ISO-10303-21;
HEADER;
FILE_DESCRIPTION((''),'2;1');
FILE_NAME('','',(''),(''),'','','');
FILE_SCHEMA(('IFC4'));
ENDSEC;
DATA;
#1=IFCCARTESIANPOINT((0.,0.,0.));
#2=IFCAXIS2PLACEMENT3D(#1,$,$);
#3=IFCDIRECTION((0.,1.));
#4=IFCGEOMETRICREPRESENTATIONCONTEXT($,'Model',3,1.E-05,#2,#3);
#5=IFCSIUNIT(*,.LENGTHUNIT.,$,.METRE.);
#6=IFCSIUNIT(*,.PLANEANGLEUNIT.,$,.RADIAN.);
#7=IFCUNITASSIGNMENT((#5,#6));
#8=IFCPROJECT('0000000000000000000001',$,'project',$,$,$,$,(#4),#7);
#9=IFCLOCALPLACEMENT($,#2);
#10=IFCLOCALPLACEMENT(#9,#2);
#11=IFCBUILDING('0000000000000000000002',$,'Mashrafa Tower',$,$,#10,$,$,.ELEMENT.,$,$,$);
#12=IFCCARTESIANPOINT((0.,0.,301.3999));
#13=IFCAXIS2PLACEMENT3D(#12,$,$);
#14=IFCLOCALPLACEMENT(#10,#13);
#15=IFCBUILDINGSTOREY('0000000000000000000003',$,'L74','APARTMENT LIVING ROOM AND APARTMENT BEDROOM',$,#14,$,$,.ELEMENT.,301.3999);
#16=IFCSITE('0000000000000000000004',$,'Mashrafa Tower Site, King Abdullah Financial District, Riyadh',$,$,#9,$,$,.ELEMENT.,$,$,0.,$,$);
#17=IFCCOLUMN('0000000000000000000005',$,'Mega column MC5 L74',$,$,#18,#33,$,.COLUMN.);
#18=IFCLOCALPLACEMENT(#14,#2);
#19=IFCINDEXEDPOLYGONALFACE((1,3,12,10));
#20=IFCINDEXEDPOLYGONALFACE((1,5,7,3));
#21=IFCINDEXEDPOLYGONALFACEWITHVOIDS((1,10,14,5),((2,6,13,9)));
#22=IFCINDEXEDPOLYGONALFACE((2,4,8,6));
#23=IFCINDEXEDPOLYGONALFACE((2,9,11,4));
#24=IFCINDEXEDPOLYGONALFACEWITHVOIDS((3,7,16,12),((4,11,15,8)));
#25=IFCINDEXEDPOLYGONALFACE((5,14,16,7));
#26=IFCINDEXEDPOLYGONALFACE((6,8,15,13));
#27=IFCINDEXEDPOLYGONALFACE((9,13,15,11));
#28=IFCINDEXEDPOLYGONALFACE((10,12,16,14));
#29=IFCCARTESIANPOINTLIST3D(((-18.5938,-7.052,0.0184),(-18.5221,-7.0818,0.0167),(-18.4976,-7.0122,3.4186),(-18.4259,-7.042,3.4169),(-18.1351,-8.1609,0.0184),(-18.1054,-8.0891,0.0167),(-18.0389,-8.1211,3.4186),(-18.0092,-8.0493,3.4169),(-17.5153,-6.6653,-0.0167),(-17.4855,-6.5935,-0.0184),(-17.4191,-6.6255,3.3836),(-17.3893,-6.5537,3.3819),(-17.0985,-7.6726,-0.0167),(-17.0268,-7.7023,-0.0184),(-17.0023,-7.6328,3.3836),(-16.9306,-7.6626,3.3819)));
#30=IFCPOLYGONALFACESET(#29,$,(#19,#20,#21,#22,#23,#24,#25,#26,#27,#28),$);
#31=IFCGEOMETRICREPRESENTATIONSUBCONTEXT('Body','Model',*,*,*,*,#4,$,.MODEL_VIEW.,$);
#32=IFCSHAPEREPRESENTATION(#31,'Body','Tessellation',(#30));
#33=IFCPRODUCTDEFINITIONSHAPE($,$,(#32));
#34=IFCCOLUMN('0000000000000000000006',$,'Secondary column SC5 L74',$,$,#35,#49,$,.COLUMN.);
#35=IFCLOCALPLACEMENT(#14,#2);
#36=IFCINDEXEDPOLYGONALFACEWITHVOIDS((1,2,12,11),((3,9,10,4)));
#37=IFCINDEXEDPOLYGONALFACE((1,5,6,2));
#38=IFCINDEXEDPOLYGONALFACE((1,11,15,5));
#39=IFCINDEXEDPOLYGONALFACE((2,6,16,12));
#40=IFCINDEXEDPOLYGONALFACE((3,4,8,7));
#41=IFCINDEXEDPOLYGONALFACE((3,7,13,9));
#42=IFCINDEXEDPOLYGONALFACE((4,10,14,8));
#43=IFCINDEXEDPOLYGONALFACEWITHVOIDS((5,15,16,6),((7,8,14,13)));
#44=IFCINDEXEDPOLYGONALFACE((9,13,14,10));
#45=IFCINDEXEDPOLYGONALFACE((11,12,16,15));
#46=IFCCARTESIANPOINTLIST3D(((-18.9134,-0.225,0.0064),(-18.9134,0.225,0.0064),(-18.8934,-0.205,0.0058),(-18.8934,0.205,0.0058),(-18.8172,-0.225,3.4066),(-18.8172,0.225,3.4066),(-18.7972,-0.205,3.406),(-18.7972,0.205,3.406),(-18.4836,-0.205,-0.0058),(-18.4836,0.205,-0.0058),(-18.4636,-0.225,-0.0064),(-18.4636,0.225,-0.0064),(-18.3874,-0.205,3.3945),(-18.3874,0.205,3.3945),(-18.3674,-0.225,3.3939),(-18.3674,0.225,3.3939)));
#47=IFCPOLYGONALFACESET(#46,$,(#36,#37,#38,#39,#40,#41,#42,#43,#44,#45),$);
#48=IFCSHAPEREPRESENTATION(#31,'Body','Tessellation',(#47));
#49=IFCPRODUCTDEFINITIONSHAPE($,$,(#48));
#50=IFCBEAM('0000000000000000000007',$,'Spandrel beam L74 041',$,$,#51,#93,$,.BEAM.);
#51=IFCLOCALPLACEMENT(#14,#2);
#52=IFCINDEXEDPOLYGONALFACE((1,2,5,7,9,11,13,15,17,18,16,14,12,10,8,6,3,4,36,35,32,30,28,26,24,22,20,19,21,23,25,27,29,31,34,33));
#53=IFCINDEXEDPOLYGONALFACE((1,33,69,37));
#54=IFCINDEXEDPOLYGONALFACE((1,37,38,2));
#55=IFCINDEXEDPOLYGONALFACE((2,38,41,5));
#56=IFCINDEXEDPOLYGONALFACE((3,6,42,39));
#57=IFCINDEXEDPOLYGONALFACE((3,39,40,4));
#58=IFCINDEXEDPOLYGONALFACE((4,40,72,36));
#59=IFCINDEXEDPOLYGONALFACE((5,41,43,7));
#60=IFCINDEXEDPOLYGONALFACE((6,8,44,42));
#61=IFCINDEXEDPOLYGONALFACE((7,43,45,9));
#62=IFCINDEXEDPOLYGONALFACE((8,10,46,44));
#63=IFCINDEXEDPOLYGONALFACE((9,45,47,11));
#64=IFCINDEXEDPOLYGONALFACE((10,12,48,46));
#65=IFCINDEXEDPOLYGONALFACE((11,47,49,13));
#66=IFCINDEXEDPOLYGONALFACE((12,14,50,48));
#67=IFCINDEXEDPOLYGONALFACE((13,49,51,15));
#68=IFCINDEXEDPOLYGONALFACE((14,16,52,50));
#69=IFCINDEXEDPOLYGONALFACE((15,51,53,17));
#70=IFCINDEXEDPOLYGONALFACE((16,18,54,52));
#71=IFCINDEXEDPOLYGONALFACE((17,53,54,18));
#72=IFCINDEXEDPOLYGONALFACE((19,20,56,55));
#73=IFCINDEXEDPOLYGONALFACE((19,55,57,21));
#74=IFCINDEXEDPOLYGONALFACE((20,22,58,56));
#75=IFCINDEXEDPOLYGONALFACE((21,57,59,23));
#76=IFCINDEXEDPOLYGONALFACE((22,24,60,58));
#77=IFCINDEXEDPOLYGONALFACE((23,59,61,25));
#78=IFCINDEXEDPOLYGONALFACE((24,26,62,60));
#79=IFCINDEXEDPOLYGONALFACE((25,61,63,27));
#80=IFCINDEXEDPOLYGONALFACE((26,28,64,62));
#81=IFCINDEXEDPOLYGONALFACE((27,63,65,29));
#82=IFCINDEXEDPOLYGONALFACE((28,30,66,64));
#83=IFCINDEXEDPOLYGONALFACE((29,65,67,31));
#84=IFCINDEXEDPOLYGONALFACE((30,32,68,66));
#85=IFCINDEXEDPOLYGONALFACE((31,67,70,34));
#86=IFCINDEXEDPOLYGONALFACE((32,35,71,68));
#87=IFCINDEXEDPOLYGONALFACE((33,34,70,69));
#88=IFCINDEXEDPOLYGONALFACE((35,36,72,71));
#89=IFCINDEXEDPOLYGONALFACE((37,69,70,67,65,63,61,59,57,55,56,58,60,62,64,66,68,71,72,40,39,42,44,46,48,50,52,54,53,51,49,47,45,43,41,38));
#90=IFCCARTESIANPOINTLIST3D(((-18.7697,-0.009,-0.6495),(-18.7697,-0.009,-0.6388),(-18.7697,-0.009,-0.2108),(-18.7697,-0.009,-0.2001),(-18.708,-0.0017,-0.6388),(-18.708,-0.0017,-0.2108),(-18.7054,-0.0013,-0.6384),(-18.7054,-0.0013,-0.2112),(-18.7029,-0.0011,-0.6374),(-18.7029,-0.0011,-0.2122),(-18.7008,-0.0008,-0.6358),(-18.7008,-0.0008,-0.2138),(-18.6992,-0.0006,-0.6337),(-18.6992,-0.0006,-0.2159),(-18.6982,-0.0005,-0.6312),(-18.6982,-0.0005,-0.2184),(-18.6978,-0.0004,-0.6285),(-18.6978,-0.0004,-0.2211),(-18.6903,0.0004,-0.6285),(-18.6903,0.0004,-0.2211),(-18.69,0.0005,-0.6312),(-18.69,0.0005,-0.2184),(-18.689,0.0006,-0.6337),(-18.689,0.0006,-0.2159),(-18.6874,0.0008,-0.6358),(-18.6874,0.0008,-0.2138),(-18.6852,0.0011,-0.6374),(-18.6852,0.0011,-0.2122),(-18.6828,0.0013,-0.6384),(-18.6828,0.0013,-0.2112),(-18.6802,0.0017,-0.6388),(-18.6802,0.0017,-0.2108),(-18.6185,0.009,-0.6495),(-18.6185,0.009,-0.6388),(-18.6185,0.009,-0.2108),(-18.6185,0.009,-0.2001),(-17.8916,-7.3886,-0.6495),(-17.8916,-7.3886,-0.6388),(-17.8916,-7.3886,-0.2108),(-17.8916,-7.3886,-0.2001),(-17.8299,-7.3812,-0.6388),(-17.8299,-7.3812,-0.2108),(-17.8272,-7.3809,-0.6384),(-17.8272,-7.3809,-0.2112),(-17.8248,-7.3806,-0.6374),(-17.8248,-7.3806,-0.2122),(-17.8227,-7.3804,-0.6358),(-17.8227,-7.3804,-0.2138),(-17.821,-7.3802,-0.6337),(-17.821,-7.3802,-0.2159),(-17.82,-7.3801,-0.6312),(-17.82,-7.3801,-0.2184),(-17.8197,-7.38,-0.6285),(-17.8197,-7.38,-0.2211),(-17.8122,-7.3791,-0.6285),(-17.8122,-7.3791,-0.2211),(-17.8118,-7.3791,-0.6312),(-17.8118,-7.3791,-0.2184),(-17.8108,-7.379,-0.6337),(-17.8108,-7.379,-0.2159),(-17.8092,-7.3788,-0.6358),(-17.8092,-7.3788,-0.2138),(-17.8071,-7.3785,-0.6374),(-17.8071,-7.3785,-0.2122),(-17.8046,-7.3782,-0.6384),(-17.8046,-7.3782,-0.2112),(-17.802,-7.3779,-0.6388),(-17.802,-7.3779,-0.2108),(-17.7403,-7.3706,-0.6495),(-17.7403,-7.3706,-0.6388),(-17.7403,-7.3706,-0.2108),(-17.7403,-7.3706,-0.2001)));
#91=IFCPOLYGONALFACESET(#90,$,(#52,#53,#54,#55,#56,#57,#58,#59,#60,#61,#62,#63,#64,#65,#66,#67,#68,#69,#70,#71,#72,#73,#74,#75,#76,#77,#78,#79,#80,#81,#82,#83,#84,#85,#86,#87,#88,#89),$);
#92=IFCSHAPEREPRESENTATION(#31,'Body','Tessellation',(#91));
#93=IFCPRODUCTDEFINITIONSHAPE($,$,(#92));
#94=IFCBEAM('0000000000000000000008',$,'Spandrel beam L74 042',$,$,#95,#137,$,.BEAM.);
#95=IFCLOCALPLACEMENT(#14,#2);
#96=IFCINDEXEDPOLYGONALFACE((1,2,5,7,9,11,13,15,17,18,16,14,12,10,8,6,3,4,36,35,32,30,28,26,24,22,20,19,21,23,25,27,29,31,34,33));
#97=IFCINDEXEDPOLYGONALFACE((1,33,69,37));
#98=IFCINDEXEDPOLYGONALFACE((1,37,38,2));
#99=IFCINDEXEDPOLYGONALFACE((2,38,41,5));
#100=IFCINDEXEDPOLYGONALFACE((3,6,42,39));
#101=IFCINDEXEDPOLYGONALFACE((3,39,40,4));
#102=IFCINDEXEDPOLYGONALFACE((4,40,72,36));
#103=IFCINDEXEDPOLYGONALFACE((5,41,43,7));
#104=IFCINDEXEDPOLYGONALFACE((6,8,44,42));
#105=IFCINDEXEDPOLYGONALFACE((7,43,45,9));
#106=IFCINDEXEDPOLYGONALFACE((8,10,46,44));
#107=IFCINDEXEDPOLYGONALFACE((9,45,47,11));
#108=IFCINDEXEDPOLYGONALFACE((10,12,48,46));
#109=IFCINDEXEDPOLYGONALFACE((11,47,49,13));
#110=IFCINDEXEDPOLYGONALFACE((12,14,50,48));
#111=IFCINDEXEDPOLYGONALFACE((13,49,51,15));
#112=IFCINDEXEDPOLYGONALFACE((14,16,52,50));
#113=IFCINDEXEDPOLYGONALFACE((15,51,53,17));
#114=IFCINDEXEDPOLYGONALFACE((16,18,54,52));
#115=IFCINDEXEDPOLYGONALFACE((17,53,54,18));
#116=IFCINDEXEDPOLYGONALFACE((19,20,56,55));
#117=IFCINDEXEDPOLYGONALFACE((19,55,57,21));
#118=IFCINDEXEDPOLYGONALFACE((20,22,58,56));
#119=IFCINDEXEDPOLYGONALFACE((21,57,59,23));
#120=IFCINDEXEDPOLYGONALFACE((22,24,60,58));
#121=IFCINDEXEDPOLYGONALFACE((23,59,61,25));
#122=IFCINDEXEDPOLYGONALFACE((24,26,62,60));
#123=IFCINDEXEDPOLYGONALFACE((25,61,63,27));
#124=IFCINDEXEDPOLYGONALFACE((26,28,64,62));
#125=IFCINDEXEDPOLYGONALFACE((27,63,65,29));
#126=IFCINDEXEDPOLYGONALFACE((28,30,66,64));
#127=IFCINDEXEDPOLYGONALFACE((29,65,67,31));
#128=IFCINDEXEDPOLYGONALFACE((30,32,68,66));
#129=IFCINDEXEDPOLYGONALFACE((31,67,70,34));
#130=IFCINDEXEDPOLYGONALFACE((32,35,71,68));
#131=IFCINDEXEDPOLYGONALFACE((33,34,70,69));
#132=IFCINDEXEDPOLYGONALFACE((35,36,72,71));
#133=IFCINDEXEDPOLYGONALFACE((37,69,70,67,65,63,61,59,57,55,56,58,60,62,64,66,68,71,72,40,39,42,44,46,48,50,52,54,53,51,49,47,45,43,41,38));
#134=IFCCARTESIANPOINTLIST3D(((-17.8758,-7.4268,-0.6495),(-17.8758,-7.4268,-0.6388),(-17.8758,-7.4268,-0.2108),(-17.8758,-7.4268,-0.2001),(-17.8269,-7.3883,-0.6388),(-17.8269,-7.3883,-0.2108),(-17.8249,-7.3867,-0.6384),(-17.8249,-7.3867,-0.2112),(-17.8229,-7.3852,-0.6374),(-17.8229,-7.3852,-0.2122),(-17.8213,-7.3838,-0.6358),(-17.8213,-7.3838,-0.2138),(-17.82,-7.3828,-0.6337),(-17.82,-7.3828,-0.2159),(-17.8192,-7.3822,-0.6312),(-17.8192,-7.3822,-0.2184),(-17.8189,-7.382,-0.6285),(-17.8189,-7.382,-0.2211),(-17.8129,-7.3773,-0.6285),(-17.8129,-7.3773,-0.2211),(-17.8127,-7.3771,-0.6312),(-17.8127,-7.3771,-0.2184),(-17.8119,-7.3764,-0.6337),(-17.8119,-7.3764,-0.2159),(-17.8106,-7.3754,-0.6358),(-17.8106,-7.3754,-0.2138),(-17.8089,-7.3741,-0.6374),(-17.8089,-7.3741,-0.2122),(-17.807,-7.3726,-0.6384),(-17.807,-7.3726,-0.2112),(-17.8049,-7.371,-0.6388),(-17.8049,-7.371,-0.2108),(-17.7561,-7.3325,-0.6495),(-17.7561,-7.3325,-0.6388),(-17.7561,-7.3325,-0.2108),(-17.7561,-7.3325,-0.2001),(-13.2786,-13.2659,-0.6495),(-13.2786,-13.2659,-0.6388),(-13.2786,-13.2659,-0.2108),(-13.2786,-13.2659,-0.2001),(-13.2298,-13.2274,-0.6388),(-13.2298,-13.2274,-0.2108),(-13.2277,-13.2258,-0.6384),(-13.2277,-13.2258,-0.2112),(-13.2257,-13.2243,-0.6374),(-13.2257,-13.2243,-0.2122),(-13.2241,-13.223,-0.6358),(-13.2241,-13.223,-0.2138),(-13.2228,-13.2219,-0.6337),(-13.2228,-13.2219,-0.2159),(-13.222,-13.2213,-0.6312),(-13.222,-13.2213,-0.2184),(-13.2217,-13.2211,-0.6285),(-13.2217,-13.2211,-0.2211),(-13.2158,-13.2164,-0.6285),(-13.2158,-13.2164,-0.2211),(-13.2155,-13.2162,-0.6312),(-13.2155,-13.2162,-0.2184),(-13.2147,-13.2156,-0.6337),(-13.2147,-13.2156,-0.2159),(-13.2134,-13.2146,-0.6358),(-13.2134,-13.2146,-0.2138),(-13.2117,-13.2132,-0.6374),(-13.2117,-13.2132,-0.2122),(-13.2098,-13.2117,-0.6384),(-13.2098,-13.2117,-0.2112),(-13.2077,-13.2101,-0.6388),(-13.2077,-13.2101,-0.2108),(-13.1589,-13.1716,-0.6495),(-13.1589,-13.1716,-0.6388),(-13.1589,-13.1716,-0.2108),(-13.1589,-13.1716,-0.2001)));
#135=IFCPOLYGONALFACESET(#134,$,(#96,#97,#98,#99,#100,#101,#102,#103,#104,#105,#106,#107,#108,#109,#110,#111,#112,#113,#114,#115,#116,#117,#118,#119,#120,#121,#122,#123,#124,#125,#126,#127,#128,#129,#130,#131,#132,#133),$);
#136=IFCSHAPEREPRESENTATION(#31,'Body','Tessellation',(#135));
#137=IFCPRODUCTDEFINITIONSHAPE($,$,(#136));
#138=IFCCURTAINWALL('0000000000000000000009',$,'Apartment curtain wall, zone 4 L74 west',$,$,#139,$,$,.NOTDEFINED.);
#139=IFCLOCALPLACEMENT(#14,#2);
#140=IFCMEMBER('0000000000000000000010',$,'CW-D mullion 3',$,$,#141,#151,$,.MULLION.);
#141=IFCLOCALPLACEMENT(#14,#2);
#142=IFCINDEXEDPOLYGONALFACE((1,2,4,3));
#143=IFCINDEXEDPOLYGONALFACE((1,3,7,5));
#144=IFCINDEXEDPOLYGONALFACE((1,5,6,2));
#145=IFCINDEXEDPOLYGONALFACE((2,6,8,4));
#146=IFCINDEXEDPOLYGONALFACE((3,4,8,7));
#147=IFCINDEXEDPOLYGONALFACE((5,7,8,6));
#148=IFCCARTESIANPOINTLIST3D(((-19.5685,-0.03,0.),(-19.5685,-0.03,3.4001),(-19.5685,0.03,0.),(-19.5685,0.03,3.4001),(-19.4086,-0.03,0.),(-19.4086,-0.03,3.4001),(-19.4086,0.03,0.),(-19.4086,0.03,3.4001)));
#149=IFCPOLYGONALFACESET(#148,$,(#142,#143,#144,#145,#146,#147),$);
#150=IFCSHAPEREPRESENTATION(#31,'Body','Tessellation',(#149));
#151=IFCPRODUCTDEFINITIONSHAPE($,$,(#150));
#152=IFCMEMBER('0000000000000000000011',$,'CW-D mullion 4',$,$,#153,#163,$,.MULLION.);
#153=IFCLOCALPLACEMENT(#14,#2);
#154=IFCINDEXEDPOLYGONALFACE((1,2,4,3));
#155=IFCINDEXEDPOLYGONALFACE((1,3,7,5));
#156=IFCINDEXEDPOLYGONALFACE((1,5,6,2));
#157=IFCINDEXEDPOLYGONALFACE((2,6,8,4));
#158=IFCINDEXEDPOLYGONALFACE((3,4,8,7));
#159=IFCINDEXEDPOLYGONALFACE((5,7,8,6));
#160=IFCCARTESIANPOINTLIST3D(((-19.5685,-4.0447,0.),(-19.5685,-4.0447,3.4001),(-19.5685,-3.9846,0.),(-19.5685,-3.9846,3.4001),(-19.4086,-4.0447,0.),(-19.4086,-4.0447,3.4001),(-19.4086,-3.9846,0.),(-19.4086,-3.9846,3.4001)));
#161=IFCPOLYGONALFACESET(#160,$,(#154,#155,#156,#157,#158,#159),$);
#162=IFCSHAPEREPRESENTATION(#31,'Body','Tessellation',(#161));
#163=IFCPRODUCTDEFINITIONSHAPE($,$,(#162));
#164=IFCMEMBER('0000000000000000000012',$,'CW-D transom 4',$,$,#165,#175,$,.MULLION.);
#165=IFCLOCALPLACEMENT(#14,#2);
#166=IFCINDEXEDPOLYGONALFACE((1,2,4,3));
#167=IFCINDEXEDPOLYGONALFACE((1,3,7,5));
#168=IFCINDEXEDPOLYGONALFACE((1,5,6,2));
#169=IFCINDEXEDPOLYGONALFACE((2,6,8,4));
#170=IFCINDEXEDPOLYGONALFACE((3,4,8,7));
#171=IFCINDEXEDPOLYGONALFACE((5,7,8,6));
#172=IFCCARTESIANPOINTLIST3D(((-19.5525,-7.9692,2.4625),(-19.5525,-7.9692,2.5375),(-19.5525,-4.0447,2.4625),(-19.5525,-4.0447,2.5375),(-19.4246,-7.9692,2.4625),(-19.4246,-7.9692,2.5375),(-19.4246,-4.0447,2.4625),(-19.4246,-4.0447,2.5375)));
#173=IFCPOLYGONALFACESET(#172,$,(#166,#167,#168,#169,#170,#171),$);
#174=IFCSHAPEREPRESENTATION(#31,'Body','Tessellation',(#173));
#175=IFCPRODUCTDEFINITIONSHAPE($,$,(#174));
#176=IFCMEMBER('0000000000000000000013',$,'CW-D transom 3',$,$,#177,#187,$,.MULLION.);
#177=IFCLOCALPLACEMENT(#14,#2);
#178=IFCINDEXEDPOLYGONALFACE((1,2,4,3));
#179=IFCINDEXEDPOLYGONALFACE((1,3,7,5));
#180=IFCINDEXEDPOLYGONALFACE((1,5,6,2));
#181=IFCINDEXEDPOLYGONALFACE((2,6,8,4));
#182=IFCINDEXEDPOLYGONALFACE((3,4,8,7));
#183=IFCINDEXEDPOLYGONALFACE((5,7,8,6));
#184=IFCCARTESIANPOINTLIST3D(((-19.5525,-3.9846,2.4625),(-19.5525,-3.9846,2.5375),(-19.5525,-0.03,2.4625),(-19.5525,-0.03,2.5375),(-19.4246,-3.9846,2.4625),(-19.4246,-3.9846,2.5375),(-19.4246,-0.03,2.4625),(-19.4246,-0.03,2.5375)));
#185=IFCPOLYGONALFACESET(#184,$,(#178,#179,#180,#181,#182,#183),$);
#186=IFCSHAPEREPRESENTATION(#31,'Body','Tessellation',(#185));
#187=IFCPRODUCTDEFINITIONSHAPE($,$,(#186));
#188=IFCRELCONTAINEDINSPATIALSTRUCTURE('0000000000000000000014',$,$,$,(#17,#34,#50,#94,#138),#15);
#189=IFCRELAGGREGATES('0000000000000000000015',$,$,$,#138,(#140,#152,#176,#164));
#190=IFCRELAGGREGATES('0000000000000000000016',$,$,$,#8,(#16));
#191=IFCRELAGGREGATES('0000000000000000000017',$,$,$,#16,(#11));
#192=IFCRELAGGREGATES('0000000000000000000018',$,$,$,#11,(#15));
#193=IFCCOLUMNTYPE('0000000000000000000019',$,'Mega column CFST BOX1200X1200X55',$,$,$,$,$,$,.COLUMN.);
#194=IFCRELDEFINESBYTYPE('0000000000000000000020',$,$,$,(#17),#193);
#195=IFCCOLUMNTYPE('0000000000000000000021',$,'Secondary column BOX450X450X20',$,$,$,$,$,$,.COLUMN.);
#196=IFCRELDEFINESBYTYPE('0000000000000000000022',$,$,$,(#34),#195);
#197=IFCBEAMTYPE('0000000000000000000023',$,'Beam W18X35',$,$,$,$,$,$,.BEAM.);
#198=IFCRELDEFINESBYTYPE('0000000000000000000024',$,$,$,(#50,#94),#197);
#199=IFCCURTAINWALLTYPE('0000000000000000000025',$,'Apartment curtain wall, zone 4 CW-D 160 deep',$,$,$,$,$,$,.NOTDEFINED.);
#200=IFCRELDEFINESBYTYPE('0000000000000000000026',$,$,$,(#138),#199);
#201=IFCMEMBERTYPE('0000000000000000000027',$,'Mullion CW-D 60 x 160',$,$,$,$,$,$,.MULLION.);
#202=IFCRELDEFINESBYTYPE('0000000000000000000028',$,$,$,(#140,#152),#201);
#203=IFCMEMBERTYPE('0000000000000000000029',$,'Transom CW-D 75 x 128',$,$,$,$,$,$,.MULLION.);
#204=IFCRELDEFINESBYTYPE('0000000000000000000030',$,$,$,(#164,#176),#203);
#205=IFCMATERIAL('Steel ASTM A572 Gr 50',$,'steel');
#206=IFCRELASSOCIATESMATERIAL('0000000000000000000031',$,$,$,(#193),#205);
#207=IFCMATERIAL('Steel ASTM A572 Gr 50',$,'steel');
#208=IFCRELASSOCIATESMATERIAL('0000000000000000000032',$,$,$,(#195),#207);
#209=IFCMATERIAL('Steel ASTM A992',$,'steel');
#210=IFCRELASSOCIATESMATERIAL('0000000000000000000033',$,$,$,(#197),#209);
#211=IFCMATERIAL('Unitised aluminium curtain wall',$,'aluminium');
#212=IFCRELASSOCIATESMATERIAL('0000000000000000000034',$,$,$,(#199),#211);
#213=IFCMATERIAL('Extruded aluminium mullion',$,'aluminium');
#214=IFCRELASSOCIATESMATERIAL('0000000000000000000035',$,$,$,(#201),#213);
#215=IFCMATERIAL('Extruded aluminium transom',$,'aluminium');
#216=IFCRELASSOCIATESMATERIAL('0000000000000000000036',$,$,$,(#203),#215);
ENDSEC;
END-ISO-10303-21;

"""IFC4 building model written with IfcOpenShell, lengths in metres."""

from ifc_helpers import new_model, si_unit, direction, frame, origin, origin_2d, place, context, subcontext, project, spatial, rectangle, hollow_rectangle, i_section, extrude, source, transform, mapped, material, material_profile, profile_set, type_object, type_shapes, element, aggregate, save


model = new_model("IFC4")

# Units and contexts
model_context = context("Model", 3, precision=1e-05, world=origin(), true_north=direction((0.0, 1.0)))
body_context = subcontext(model_context, "Body", "Model", "MODEL_VIEW")
ifc_project = project(units=[si_unit("LENGTHUNIT", "METRE"), si_unit("PLANEANGLEUNIT", "RADIAN")], contexts=[model_context])

# Site, building, storey
site_placement = place(None, origin())
site = spatial("IfcSite", under=ifc_project, at=site_placement, Name="Mashrafa Tower Site, King Abdullah Financial District, Riyadh", CompositionType="ELEMENT", RefElevation=0.0)
building_placement = place(site_placement, origin())
building = spatial("IfcBuilding", under=site, at=building_placement, Name="Mashrafa Tower", CompositionType="ELEMENT")
storey_placement = place(building_placement, frame((0.0, 0.0, 301.3999)))
storey = spatial("IfcBuildingStorey", under=building, at=storey_placement, Name="L74", Description="APARTMENT LIVING ROOM AND APARTMENT BEDROOM", CompositionType="ELEMENT", Elevation=301.3999)

# Columns
ifc_material_1 = material(Name="Steel ASTM A572 Gr 50", Category="steel")
ifc_material_profile_1 = material_profile(ifc_material_1, hollow_rectangle(XDim=1.2, YDim=1.2, WallThickness=0.0549, at=origin_2d()), Name="BOX1200X1200X55")
ifc_profile_set_1 = profile_set([ifc_material_profile_1], Name="Steel ASTM A572 Gr 50")
column_type_1 = type_object("IfcColumnType", Name="Mega column CFST BOX1200X1200X55", PredefinedType="COLUMN", material=ifc_profile_set_1)
column_1_placement = place(storey_placement, frame((-17.8103, -7.3772, 0.0), z_axis=(0.028277, 0.011698, 0.999532), x_axis=(-0.382283, 0.924045, 0.0)))
element("IfcColumn", 1, at=column_1_placement, inside=storey, type_object=column_type_1, Name="Mega column MC5 L74", PredefinedType="COLUMN", context=body_context, shape_type="SweptSolid", body=[
    extrude(hollow_rectangle(XDim=1.2, YDim=1.2, WallThickness=0.0549, at=origin_2d()), origin(), (0.0, 0.0, 1.0), 3.4019),
])
ifc_material_2 = material(Name="Steel ASTM A572 Gr 50", Category="steel")
ifc_material_profile_2 = material_profile(ifc_material_2, hollow_rectangle(XDim=0.45, YDim=0.45, WallThickness=0.02, at=origin_2d()), Name="BOX450X450X20")
ifc_profile_set_2 = profile_set([ifc_material_profile_2], Name="Steel ASTM A572 Gr 50")
column_type_2 = type_object("IfcColumnType", Name="Secondary column BOX450X450X20", PredefinedType="COLUMN", material=ifc_profile_set_2)
column_2_placement = place(storey_placement, frame((-18.6885, 0.0, 0.0), z_axis=(0.028279, 0.0, 0.9996), x_axis=(0.0, 1.0, 0.0)))
element("IfcColumn", 2, at=column_2_placement, inside=storey, type_object=column_type_2, Name="Secondary column SC5 L74", PredefinedType="COLUMN", context=body_context, shape_type="SweptSolid", body=[
    extrude(hollow_rectangle(XDim=0.45, YDim=0.45, WallThickness=0.02, at=origin_2d()), origin(), (0.0, 0.0, 1.0), 3.4016),
])

# Beams
ifc_material_3 = material(Name="Steel ASTM A992", Category="steel")
ifc_material_profile_3 = material_profile(ifc_material_3, i_section(OverallWidth=0.1523, OverallDepth=0.4495, WebThickness=0.0076, FlangeThickness=0.0107, FilletRadius=0.0103, at=origin_2d()), Name="W18X35")
ifc_profile_set_3 = profile_set([ifc_material_profile_3], Name="Steel ASTM A992")
beam_type = type_object("IfcBeamType", Name="Beam W18X35", PredefinedType="BEAM", material=ifc_profile_set_3)
for number, where, z_axis, x_axis, name in (
    (3, (-18.6941, 0.0, -0.4248), (0.118166, -0.992994, 0.0), (0.992994, 0.118166, 0.0), "Spandrel beam L74 041"),
    (4, (-17.8159, -7.3796, -0.4248), (0.618595, -0.78571, 0.0), (0.78571, 0.618595, 0.0), "Spandrel beam L74 042"),
):
    element("IfcBeam", number, at=place(storey_placement, frame(where, z_axis=z_axis, x_axis=x_axis)), inside=storey, type_object=beam_type, Name=name, PredefinedType="BEAM", context=body_context, shape_type="SweptSolid", body=[
        extrude(i_section(OverallWidth=0.1523, OverallDepth=0.4495, WebThickness=0.0076, FlangeThickness=0.0107, FilletRadius=0.0103, at=origin_2d()), origin(), (0.0, 0.0, 1.0), 7.4316),
    ])

# Curtain wall, members
ifc_material_4 = material(Name="Unitised aluminium curtain wall", Category="aluminium")
curtain_wall_type = type_object("IfcCurtainWallType", Name="Apartment curtain wall, zone 4 CW-D 160 deep", PredefinedType="NOTDEFINED", material=ifc_material_4)
curtain_wall_placement = place(storey_placement, origin())
curtain_wall = element("IfcCurtainWall", 5, at=curtain_wall_placement, inside=storey, type_object=curtain_wall_type, Name="Apartment curtain wall, zone 4 L74 west", PredefinedType="NOTDEFINED")
ifc_material_5 = material(Name="Extruded aluminium mullion", Category="aluminium")
ifc_material_profile_4 = material_profile(ifc_material_5, rectangle(XDim=0.1599, YDim=0.0601, at=origin_2d()), Name="Mullion 60x160")
ifc_profile_set_4 = profile_set([ifc_material_profile_4], Name="Extruded aluminium mullion")
member_type_1 = type_object("IfcMemberType", Name="Mullion CW-D 60 x 160", PredefinedType="MULLION", material=ifc_profile_set_4)
shared_shape_1 = source(origin(), body_context, "Body", "SweptSolid", [
    extrude(rectangle(XDim=0.1599, YDim=0.0601, at=origin_2d()), origin(), (0.0, 0.0, 1.0), 3.4001),
])
type_shapes(member_type_1, [shared_shape_1])
member_1_placement = place(storey_placement, frame((-19.4885, 0.0, 0.0), z_axis=(0.0, 0.0, 1.0), x_axis=(1.0, 0.0, 0.0)))
member_1 = element("IfcMember", 6, at=member_1_placement, type_object=member_type_1, Name="CW-D mullion 3", PredefinedType="MULLION", context=body_context, shape_type="MappedRepresentation", body=[
    mapped(shared_shape_1, transform((0.0, 0.0, 0.0))),
])
member_2_placement = place(storey_placement, frame((-19.4885, -4.0146, 0.0), z_axis=(0.0, 0.0, 1.0), x_axis=(1.0, 0.0, 0.0)))
member_2 = element("IfcMember", 7, at=member_2_placement, type_object=member_type_1, Name="CW-D mullion 4", PredefinedType="MULLION", context=body_context, shape_type="MappedRepresentation", body=[
    mapped(shared_shape_1, transform((0.0, 0.0, 0.0))),
])
ifc_material_6 = material(Name="Extruded aluminium transom", Category="aluminium")
ifc_material_profile_5 = material_profile(ifc_material_6, rectangle(XDim=0.1279, YDim=0.075, at=origin_2d()), Name="Transom 75x128")
ifc_profile_set_5 = profile_set([ifc_material_profile_5], Name="Extruded aluminium transom")
member_type_2 = type_object("IfcMemberType", Name="Transom CW-D 75 x 128", PredefinedType="MULLION", material=ifc_profile_set_5)
shared_shape_2 = source(origin(), body_context, "Body", "SweptSolid", [
    extrude(rectangle(XDim=0.1279, YDim=0.075, at=origin_2d()), origin(), (0.0, 0.0, 1.0), 3.9246),
])
member_3_placement = place(storey_placement, frame((-19.4885, -4.0447, 2.5), z_axis=(0.0, -1.0, 0.0), x_axis=(1.0, 0.0, 0.0)))
member_3 = element("IfcMember", 8, at=member_3_placement, type_object=member_type_2, Name="CW-D transom 4", PredefinedType="MULLION", context=body_context, shape_type="MappedRepresentation", body=[
    mapped(shared_shape_2, transform((0.0, 0.0, 0.0))),
])
shared_shape_3 = source(origin(), body_context, "Body", "SweptSolid", [
    extrude(rectangle(XDim=0.1279, YDim=0.075, at=origin_2d()), origin(), (0.0, 0.0, 1.0), 3.9546),
])
type_shapes(member_type_2, [shared_shape_2, shared_shape_3])
member_4_placement = place(storey_placement, frame((-19.4885, -0.03, 2.5), z_axis=(0.0, -1.0, 0.0), x_axis=(1.0, 0.0, 0.0)))
member_4 = element("IfcMember", 9, at=member_4_placement, type_object=member_type_2, Name="CW-D transom 3", PredefinedType="MULLION", context=body_context, shape_type="MappedRepresentation", body=[
    mapped(shared_shape_3, transform((0.0, 0.0, 0.0))),
])
aggregate(curtain_wall, [member_1, member_2, member_4, member_3])

save(model, "model.ifc")
